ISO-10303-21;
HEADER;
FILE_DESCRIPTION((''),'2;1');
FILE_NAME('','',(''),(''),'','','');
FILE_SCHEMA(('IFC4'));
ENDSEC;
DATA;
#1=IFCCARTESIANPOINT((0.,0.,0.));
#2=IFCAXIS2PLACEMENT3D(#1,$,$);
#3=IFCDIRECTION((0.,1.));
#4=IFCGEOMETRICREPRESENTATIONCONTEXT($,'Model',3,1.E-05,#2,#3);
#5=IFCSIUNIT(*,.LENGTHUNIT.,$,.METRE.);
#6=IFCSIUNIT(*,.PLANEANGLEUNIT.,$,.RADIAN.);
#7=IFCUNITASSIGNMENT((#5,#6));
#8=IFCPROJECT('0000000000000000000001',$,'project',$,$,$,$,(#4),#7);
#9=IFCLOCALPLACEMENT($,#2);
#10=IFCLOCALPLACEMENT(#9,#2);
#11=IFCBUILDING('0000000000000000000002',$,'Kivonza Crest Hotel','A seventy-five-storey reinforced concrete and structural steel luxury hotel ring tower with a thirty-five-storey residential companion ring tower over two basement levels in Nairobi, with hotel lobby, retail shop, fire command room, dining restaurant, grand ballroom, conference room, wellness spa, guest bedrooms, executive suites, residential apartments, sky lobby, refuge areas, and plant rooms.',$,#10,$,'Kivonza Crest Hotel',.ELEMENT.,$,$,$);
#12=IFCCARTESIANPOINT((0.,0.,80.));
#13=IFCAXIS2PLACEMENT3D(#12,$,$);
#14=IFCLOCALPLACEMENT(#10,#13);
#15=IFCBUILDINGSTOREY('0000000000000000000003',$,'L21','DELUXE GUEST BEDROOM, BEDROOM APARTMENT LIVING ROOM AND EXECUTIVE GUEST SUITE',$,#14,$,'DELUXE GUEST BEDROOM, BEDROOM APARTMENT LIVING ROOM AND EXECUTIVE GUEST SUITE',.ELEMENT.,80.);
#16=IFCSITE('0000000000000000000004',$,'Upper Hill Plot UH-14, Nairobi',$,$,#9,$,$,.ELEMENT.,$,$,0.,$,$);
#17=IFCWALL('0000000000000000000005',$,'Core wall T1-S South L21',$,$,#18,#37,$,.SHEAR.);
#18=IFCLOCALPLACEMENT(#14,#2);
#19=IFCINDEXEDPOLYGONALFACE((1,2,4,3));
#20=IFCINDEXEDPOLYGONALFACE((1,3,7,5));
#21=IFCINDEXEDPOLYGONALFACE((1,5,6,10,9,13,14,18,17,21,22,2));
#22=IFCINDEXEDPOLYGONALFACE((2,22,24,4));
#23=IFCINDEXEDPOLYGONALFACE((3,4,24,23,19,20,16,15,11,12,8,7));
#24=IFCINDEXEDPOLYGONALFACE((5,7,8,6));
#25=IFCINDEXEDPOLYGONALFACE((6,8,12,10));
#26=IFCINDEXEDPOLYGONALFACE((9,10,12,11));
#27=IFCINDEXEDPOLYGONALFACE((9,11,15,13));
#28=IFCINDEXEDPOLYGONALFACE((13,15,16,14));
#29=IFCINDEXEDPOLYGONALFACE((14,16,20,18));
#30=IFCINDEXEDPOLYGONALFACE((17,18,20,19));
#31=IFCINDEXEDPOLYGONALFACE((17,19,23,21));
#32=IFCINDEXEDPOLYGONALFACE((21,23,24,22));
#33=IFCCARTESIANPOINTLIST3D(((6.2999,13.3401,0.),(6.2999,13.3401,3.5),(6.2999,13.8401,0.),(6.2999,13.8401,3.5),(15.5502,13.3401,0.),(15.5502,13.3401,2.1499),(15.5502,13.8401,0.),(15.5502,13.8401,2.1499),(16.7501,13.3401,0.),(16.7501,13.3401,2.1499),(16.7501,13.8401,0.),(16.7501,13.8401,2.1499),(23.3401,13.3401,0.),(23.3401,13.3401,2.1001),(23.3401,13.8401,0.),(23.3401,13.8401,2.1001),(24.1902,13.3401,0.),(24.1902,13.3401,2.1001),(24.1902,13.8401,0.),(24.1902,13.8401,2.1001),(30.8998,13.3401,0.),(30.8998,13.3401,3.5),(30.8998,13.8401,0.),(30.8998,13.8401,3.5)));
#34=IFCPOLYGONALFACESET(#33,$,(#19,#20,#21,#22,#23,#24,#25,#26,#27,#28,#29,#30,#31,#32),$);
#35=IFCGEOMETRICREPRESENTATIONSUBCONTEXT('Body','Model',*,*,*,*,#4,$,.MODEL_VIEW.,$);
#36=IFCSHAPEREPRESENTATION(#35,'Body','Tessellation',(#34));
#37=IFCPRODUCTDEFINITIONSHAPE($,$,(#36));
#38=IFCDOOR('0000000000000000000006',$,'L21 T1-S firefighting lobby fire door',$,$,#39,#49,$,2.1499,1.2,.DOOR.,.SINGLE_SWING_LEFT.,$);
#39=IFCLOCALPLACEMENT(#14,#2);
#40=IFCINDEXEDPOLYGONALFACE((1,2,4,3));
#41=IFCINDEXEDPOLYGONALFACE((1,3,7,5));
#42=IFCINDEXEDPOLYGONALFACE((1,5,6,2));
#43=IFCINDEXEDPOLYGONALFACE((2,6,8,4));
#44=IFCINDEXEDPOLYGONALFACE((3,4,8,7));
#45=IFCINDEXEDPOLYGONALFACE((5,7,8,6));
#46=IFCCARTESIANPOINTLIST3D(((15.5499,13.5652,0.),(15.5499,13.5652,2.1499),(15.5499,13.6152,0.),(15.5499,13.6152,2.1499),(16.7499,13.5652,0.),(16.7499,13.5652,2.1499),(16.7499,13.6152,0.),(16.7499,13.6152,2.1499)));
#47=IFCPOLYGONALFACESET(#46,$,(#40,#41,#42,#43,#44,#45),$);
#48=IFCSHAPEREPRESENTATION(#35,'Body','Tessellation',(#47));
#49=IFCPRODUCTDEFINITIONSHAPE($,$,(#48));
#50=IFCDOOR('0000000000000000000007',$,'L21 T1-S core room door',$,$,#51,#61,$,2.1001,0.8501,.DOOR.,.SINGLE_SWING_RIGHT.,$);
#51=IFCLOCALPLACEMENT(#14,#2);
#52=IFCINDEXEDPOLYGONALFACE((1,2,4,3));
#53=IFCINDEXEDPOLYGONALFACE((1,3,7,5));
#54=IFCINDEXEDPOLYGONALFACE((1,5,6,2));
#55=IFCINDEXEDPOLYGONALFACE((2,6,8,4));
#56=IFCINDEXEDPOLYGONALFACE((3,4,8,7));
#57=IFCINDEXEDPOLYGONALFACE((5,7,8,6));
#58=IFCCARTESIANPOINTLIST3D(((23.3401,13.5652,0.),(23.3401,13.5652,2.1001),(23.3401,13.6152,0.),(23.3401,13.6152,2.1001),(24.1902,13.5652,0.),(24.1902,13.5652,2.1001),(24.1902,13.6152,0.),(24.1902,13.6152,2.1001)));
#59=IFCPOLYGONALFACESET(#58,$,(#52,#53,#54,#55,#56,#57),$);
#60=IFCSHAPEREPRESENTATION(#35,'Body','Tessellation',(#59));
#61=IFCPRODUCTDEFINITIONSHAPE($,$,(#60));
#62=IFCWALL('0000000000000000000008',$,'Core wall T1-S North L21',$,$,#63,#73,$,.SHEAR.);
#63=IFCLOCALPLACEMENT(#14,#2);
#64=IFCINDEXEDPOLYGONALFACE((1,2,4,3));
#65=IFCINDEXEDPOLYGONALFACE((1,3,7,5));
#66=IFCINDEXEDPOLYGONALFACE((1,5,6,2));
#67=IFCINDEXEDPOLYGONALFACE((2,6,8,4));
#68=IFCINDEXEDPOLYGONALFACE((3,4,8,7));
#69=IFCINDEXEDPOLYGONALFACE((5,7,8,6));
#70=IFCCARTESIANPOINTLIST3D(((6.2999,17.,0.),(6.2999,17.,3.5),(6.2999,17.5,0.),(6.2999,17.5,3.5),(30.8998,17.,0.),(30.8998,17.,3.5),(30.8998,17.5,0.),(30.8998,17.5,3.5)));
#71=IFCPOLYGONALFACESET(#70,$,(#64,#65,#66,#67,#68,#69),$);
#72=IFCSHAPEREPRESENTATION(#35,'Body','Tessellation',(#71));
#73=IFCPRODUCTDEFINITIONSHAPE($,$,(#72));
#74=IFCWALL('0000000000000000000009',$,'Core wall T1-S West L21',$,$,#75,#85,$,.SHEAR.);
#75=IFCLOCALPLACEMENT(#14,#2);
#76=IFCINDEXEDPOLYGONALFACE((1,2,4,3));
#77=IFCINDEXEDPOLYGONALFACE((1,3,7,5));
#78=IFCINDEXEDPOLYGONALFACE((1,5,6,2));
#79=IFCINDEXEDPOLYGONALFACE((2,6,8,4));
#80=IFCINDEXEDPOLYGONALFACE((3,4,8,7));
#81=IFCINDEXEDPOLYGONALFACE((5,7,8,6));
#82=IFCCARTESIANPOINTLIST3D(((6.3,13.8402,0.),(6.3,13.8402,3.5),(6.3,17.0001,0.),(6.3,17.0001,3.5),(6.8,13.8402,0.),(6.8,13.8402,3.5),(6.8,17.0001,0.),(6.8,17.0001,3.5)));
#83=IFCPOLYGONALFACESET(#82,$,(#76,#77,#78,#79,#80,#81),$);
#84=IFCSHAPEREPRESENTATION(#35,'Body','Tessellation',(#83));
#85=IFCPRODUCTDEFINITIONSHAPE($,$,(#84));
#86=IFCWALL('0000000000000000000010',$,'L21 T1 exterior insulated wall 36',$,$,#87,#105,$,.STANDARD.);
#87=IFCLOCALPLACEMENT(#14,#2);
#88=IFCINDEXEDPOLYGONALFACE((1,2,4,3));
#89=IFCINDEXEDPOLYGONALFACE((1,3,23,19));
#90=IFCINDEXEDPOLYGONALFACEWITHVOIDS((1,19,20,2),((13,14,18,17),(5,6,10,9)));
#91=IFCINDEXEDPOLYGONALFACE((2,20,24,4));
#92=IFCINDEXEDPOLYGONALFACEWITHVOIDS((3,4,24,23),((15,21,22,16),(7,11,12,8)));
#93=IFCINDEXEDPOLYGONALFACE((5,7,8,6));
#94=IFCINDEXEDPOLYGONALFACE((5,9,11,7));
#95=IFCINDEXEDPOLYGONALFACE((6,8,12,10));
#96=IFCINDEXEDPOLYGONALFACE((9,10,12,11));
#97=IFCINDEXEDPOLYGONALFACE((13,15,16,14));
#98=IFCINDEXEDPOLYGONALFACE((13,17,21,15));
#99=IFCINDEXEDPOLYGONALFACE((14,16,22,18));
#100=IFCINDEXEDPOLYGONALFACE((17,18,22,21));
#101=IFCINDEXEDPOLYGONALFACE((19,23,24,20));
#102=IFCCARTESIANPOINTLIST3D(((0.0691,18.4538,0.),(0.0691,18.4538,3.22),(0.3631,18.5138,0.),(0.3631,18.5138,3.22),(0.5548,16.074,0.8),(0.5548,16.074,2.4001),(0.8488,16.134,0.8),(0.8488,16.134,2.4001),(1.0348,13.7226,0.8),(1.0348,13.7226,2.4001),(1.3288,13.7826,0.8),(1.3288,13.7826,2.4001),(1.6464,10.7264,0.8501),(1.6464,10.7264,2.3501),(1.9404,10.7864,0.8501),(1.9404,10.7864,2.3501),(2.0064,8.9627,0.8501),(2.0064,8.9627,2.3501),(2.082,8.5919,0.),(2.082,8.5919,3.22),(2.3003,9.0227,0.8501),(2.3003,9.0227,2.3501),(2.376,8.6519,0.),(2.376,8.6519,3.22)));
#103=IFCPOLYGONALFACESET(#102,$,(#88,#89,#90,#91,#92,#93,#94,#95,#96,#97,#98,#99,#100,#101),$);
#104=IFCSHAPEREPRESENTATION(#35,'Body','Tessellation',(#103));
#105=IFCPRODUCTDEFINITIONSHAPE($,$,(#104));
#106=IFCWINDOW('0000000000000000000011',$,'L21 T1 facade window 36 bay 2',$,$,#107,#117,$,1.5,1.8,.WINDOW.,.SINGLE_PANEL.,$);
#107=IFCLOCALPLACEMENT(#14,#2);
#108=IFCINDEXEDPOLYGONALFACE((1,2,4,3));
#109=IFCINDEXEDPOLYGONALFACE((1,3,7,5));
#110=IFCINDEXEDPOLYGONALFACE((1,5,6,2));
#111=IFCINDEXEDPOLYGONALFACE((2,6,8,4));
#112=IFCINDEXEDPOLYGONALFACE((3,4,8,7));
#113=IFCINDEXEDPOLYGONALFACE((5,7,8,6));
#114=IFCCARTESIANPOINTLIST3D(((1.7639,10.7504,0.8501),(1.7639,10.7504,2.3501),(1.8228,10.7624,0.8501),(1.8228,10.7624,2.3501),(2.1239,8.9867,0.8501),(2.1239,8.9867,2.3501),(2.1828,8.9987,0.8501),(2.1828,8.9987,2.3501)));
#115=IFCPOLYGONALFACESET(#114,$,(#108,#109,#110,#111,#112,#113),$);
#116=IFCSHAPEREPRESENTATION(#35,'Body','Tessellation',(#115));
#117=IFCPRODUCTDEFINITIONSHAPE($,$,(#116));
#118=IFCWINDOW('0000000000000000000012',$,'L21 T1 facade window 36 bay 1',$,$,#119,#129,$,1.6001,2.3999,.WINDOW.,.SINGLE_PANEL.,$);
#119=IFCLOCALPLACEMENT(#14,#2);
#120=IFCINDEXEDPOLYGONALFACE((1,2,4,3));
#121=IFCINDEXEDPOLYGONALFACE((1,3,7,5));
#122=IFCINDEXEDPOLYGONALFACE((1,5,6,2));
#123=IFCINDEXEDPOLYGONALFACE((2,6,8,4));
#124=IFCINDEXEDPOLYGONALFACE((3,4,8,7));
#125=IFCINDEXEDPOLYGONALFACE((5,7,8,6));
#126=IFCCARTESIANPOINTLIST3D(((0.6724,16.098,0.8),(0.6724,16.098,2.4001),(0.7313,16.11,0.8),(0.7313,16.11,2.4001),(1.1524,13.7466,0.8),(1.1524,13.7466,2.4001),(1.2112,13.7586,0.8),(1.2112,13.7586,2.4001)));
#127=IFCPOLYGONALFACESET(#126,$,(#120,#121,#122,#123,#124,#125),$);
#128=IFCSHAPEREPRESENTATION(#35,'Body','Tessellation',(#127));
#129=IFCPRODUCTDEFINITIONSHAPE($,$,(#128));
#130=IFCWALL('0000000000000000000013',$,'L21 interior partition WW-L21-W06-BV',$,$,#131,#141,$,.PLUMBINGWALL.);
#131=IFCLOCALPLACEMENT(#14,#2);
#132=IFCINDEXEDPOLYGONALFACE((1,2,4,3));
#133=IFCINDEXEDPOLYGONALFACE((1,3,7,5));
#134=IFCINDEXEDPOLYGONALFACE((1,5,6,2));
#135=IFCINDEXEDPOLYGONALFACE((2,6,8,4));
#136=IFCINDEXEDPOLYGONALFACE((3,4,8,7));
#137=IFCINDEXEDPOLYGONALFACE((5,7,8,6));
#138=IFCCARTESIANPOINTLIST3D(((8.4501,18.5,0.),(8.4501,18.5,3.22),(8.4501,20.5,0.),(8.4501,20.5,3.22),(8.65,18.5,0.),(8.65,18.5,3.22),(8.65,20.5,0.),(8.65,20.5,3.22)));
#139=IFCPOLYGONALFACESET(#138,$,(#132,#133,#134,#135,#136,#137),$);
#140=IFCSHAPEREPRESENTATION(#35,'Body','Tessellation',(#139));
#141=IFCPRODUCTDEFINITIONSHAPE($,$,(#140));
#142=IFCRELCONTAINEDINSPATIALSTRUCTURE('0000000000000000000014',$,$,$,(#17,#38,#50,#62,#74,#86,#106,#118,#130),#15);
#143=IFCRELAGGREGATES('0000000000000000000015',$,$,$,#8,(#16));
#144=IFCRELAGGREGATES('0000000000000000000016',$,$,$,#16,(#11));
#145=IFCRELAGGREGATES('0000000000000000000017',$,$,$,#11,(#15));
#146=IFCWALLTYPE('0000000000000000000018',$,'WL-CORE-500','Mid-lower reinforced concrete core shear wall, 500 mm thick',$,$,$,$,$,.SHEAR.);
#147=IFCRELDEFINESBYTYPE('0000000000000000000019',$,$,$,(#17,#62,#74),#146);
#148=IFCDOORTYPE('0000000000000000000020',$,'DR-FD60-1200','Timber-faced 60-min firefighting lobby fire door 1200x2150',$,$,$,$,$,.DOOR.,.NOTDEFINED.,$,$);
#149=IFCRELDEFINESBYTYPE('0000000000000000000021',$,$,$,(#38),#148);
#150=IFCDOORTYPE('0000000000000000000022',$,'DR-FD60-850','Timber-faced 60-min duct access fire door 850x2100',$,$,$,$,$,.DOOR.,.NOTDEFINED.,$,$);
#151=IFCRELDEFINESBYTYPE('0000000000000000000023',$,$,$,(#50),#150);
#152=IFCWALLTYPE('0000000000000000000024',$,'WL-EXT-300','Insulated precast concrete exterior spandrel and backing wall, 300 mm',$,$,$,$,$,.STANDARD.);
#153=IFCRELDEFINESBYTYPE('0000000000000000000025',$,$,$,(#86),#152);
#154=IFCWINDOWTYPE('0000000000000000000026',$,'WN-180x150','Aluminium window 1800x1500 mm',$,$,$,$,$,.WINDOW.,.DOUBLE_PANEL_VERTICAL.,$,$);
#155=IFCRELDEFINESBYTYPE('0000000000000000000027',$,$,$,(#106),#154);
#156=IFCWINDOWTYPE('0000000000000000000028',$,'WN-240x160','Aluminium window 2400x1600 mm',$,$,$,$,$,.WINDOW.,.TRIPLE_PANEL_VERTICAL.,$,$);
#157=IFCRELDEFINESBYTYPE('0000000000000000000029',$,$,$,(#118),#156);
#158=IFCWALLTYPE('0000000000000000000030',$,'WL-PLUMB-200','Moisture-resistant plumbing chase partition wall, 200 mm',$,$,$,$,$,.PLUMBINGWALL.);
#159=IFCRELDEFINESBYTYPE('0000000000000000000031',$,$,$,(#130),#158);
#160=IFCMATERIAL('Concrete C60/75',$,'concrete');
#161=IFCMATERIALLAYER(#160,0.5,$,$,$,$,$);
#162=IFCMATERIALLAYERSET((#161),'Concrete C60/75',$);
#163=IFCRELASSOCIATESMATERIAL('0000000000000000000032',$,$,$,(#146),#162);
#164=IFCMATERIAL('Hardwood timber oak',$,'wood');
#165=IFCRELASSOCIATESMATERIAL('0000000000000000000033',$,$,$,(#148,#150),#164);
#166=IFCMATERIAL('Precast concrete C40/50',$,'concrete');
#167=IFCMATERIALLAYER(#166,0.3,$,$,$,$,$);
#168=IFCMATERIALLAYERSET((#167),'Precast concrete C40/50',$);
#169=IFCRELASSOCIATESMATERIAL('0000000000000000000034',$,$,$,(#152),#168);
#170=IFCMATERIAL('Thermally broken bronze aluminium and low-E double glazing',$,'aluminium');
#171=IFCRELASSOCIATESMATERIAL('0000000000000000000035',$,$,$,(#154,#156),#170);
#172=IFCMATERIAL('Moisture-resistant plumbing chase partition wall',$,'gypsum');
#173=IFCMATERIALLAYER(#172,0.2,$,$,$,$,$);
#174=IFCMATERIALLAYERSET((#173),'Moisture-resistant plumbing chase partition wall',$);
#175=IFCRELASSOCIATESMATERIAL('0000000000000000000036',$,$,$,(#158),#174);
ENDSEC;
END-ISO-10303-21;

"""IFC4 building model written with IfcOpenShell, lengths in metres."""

from ifc_helpers import new_model, si_unit, direction, frame, frame_2d, origin, place, context, subcontext, project, spatial, rectangle, extrude, material, layer, layer_set, type_object, element, fill, save


model = new_model("IFC4")

# Units and contexts
model_context = context("Model", 3, precision=1e-05, world=origin(), true_north=direction((0.0, 1.0)))
body_context = subcontext(model_context, "Body", "Model", "MODEL_VIEW")
ifc_project = project(units=[si_unit("LENGTHUNIT", "METRE"), si_unit("PLANEANGLEUNIT", "RADIAN")], contexts=[model_context])

# Site, building, storey
site_placement = place(None, origin())
site = spatial("IfcSite", under=ifc_project, at=site_placement, Name="Upper Hill Plot UH-14, Nairobi", CompositionType="ELEMENT", RefElevation=0.0)
building_placement = place(site_placement, origin())
building = spatial("IfcBuilding", under=site, at=building_placement, Name="Kivonza Crest Hotel", Description="A seventy-five-storey reinforced concrete and structural steel luxury hotel ring tower with a thirty-five-storey residential companion ring tower over two basement levels in Nairobi, with hotel lobby, retail shop, fire command room, dining restaurant, grand ballroom, conference room, wellness spa, guest bedrooms, executive suites, residential apartments, sky lobby, refuge areas, and plant rooms.", LongName="Kivonza Crest Hotel", CompositionType="ELEMENT")
storey_placement = place(building_placement, frame((0.0, 0.0, 80.0)))
storey = spatial("IfcBuildingStorey", under=building, at=storey_placement, Name="L21", Description="DELUXE GUEST BEDROOM, BEDROOM APARTMENT LIVING ROOM AND EXECUTIVE GUEST SUITE", LongName="DELUXE GUEST BEDROOM, BEDROOM APARTMENT LIVING ROOM AND EXECUTIVE GUEST SUITE", CompositionType="ELEMENT", Elevation=80.0)

# Wall, openings, doors
ifc_material_1 = material(Name="Concrete C60/75", Category="concrete")
ifc_layer_1 = layer(ifc_material_1, 0.5)
ifc_layer_set_1 = layer_set([ifc_layer_1], Name="Concrete C60/75")
wall_type_1 = type_object("IfcWallType", Name="WL-CORE-500", Description="Mid-lower reinforced concrete core shear wall, 500 mm thick", PredefinedType="SHEAR", material=ifc_layer_set_1)
wall_1_placement = place(storey_placement, frame((6.3, 13.5901, 0.0), z_axis=(0.0, 0.0, 1.0), x_axis=(1.0, 0.0, 0.0)))
wall_1 = element("IfcWall", 1, at=wall_1_placement, inside=storey, type_object=wall_type_1, Name="Core wall T1-S South L21", PredefinedType="SHEAR", context=body_context, shape_type="SweptSolid", body=[
    extrude(rectangle(XDim=24.5999, YDim=0.5, at=frame_2d((12.2998, 0.0))), origin(), (0.0, 0.0, 1.0), 3.5),
])
opening_1_placement = place(wall_1_placement, frame((9.25, 0.0, 0.0)))
opening_1 = element("IfcOpeningElement", 2, at=opening_1_placement, cuts=wall_1, PredefinedType="OPENING", context=body_context, shape_type="SweptSolid", body=[
    extrude(rectangle(XDim=1.2, YDim=2.1499, at=frame_2d((0.6001, 1.075))), frame((0.0, 0.26, 0.0), z_axis=(0.0, -1.0, 0.0), x_axis=(1.0, 0.0, 0.0)), (0.0, 0.0, 1.0), 0.52),
])
opening_2_placement = place(wall_1_placement, frame((17.04, 0.0, 0.0)))
opening_2 = element("IfcOpeningElement", 3, at=opening_2_placement, cuts=wall_1, PredefinedType="OPENING", context=body_context, shape_type="SweptSolid", body=[
    extrude(rectangle(XDim=0.8501, YDim=2.1001, at=frame_2d((0.425, 1.05))), frame((0.0, 0.26, 0.0), z_axis=(0.0, -1.0, 0.0), x_axis=(1.0, 0.0, 0.0)), (0.0, 0.0, 1.0), 0.52),
])
ifc_material_2 = material(Name="Hardwood timber oak", Category="wood")
door_type_1 = type_object("IfcDoorType", Name="DR-FD60-1200", Description="Timber-faced 60-min firefighting lobby fire door 1200x2150", OperationType="NOTDEFINED", PredefinedType="DOOR", material=ifc_material_2)
door_1_placement = place(opening_1_placement, frame((1.2, 0.0, 0.0), z_axis=(0.0, 0.0, 1.0), x_axis=(-1.0, 0.0, 0.0)))
door_1 = element("IfcDoor", 4, at=door_1_placement, inside=storey, type_object=door_type_1, Name="L21 T1-S firefighting lobby fire door", OperationType="SINGLE_SWING_LEFT", OverallHeight=2.1499, OverallWidth=1.2, PredefinedType="DOOR", context=body_context, shape_type="SweptSolid", body=[
    extrude(rectangle(XDim=1.2, YDim=2.1499, at=frame_2d((0.6001, 1.075))), frame((0.0, 0.0249, 0.0), z_axis=(0.0, -1.0, 0.0), x_axis=(1.0, 0.0, 0.0)), (0.0, 0.0, 1.0), 0.05),
])
fill(opening_1, door_1)
door_type_2 = type_object("IfcDoorType", Name="DR-FD60-850", Description="Timber-faced 60-min duct access fire door 850x2100", OperationType="NOTDEFINED", PredefinedType="DOOR", material=ifc_material_2)
door_2_placement = place(opening_2_placement, frame((0.8501, 0.0, 0.0), z_axis=(0.0, 0.0, 1.0), x_axis=(-1.0, 0.0, 0.0)))
door_2 = element("IfcDoor", 5, at=door_2_placement, inside=storey, type_object=door_type_2, Name="L21 T1-S core room door", OperationType="SINGLE_SWING_RIGHT", OverallHeight=2.1001, OverallWidth=0.8501, PredefinedType="DOOR", context=body_context, shape_type="SweptSolid", body=[
    extrude(rectangle(XDim=0.8501, YDim=2.1001, at=frame_2d((0.425, 1.05))), frame((0.0, 0.0249, 0.0), z_axis=(0.0, -1.0, 0.0), x_axis=(1.0, 0.0, 0.0)), (0.0, 0.0, 1.0), 0.05),
])
fill(opening_2, door_2)

# Walls
wall_2_placement = place(storey_placement, frame((6.3, 17.25, 0.0), z_axis=(0.0, 0.0, 1.0), x_axis=(1.0, 0.0, 0.0)))
element("IfcWall", 6, at=wall_2_placement, inside=storey, type_object=wall_type_1, Name="Core wall T1-S North L21", PredefinedType="SHEAR", context=body_context, shape_type="SweptSolid", body=[
    extrude(rectangle(XDim=24.5999, YDim=0.5, at=frame_2d((12.2998, 0.0))), origin(), (0.0, 0.0, 1.0), 3.5),
])
wall_3_placement = place(storey_placement, frame((6.55, 13.8401, 0.0), z_axis=(0.0, 0.0, 1.0), x_axis=(0.0, 1.0, 0.0)))
element("IfcWall", 7, at=wall_3_placement, inside=storey, type_object=wall_type_1, Name="Core wall T1-S West L21", PredefinedType="SHEAR", context=body_context, shape_type="SweptSolid", body=[
    extrude(rectangle(XDim=3.1599, YDim=0.5, at=frame_2d((1.5801, 0.0))), origin(), (0.0, 0.0, 1.0), 3.5),
])

# Wall, openings, windows
ifc_material_3 = material(Name="Precast concrete C40/50", Category="concrete")
ifc_layer_2 = layer(ifc_material_3, 0.3)
ifc_layer_set_2 = layer_set([ifc_layer_2], Name="Precast concrete C40/50")
wall_type_2 = type_object("IfcWallType", Name="WL-EXT-300", Description="Insulated precast concrete exterior spandrel and backing wall, 300 mm", PredefinedType="STANDARD", material=ifc_layer_set_2)
wall_4_placement = place(storey_placement, frame((0.2161, 18.4839, 0.0), z_axis=(0.0, 0.0, 1.0), x_axis=(0.199991, -0.979798, 0.0)))
wall_4 = element("IfcWall", 8, at=wall_4_placement, inside=storey, type_object=wall_type_2, Name="L21 T1 exterior insulated wall 36", PredefinedType="STANDARD", context=body_context, shape_type="SweptSolid", body=[
    extrude(rectangle(XDim=10.0652, YDim=0.3, at=frame_2d((5.0327, 0.0))), origin(), (0.0, 0.0, 1.0), 3.22),
])
opening_3_placement = place(wall_4_placement, frame((2.429, 0.0, 0.8)))
opening_3 = element("IfcOpeningElement", 9, at=opening_3_placement, cuts=wall_4, PredefinedType="OPENING", context=body_context, shape_type="SweptSolid", body=[
    extrude(rectangle(XDim=2.3999, YDim=1.6001, at=frame_2d((1.2, 0.8))), frame((0.0, 0.1602, 0.0), z_axis=(0.0, -1.0, 0.0), x_axis=(1.0, 0.0, 0.0)), (0.0, 0.0, 1.0), 0.3201),
])
opening_4_placement = place(wall_4_placement, frame((7.887, 0.0, 0.8501)))
opening_4 = element("IfcOpeningElement", 10, at=opening_4_placement, cuts=wall_4, PredefinedType="OPENING", context=body_context, shape_type="SweptSolid", body=[
    extrude(rectangle(XDim=1.8, YDim=1.5, at=frame_2d((0.8999, 0.75))), frame((0.0, 0.1602, 0.0), z_axis=(0.0, -1.0, 0.0), x_axis=(1.0, 0.0, 0.0)), (0.0, 0.0, 1.0), 0.3201),
])
ifc_material_4 = material(Name="Thermally broken bronze aluminium and low-E double glazing", Category="aluminium")
window_type_1 = type_object("IfcWindowType", Name="WN-180x150", Description="Aluminium window 1800x1500 mm", PartitioningType="DOUBLE_PANEL_VERTICAL", PredefinedType="WINDOW", material=ifc_material_4)
window_1_placement = place(opening_4_placement, origin())
window_1 = element("IfcWindow", 11, at=window_1_placement, inside=storey, type_object=window_type_1, Name="L21 T1 facade window 36 bay 2", OverallHeight=1.5, OverallWidth=1.8, PartitioningType="SINGLE_PANEL", PredefinedType="WINDOW", context=body_context, shape_type="SweptSolid", body=[
    extrude(rectangle(XDim=1.8, YDim=1.5, at=frame_2d((0.8999, 0.75))), frame((0.0, 0.03, 0.0), z_axis=(0.0, -1.0, 0.0), x_axis=(1.0, 0.0, 0.0)), (0.0, 0.0, 1.0), 0.0601),
])
fill(opening_4, window_1)
window_type_2 = type_object("IfcWindowType", Name="WN-240x160", Description="Aluminium window 2400x1600 mm", PartitioningType="TRIPLE_PANEL_VERTICAL", PredefinedType="WINDOW", material=ifc_material_4)
window_2_placement = place(opening_3_placement, origin())
window_2 = element("IfcWindow", 12, at=window_2_placement, inside=storey, type_object=window_type_2, Name="L21 T1 facade window 36 bay 1", OverallHeight=1.6001, OverallWidth=2.3999, PartitioningType="SINGLE_PANEL", PredefinedType="WINDOW", context=body_context, shape_type="SweptSolid", body=[
    extrude(rectangle(XDim=2.3999, YDim=1.6001, at=frame_2d((1.2, 0.8))), frame((0.0, 0.03, 0.0), z_axis=(0.0, -1.0, 0.0), x_axis=(1.0, 0.0, 0.0)), (0.0, 0.0, 1.0), 0.0601),
])
fill(opening_3, window_2)

# Wall
ifc_material_5 = material(Name="Moisture-resistant plumbing chase partition wall", Category="gypsum")
ifc_layer_3 = layer(ifc_material_5, 0.2)
ifc_layer_set_3 = layer_set([ifc_layer_3], Name="Moisture-resistant plumbing chase partition wall")
wall_type_3 = type_object("IfcWallType", Name="WL-PLUMB-200", Description="Moisture-resistant plumbing chase partition wall, 200 mm", PredefinedType="PLUMBINGWALL", material=ifc_layer_set_3)
wall_5_placement = place(storey_placement, frame((8.55, 18.5, 0.0), z_axis=(0.0, 0.0, 1.0), x_axis=(0.0, 1.0, 0.0)))
element("IfcWall", 13, at=wall_5_placement, inside=storey, type_object=wall_type_3, Name="L21 interior partition WW-L21-W06-BV", PredefinedType="PLUMBINGWALL", context=body_context, shape_type="SweptSolid", body=[
    extrude(rectangle(XDim=2.0, YDim=0.2, at=frame_2d((1.0, 0.0))), origin(), (0.0, 0.0, 1.0), 3.22),
])

save(model, "model.ifc")
